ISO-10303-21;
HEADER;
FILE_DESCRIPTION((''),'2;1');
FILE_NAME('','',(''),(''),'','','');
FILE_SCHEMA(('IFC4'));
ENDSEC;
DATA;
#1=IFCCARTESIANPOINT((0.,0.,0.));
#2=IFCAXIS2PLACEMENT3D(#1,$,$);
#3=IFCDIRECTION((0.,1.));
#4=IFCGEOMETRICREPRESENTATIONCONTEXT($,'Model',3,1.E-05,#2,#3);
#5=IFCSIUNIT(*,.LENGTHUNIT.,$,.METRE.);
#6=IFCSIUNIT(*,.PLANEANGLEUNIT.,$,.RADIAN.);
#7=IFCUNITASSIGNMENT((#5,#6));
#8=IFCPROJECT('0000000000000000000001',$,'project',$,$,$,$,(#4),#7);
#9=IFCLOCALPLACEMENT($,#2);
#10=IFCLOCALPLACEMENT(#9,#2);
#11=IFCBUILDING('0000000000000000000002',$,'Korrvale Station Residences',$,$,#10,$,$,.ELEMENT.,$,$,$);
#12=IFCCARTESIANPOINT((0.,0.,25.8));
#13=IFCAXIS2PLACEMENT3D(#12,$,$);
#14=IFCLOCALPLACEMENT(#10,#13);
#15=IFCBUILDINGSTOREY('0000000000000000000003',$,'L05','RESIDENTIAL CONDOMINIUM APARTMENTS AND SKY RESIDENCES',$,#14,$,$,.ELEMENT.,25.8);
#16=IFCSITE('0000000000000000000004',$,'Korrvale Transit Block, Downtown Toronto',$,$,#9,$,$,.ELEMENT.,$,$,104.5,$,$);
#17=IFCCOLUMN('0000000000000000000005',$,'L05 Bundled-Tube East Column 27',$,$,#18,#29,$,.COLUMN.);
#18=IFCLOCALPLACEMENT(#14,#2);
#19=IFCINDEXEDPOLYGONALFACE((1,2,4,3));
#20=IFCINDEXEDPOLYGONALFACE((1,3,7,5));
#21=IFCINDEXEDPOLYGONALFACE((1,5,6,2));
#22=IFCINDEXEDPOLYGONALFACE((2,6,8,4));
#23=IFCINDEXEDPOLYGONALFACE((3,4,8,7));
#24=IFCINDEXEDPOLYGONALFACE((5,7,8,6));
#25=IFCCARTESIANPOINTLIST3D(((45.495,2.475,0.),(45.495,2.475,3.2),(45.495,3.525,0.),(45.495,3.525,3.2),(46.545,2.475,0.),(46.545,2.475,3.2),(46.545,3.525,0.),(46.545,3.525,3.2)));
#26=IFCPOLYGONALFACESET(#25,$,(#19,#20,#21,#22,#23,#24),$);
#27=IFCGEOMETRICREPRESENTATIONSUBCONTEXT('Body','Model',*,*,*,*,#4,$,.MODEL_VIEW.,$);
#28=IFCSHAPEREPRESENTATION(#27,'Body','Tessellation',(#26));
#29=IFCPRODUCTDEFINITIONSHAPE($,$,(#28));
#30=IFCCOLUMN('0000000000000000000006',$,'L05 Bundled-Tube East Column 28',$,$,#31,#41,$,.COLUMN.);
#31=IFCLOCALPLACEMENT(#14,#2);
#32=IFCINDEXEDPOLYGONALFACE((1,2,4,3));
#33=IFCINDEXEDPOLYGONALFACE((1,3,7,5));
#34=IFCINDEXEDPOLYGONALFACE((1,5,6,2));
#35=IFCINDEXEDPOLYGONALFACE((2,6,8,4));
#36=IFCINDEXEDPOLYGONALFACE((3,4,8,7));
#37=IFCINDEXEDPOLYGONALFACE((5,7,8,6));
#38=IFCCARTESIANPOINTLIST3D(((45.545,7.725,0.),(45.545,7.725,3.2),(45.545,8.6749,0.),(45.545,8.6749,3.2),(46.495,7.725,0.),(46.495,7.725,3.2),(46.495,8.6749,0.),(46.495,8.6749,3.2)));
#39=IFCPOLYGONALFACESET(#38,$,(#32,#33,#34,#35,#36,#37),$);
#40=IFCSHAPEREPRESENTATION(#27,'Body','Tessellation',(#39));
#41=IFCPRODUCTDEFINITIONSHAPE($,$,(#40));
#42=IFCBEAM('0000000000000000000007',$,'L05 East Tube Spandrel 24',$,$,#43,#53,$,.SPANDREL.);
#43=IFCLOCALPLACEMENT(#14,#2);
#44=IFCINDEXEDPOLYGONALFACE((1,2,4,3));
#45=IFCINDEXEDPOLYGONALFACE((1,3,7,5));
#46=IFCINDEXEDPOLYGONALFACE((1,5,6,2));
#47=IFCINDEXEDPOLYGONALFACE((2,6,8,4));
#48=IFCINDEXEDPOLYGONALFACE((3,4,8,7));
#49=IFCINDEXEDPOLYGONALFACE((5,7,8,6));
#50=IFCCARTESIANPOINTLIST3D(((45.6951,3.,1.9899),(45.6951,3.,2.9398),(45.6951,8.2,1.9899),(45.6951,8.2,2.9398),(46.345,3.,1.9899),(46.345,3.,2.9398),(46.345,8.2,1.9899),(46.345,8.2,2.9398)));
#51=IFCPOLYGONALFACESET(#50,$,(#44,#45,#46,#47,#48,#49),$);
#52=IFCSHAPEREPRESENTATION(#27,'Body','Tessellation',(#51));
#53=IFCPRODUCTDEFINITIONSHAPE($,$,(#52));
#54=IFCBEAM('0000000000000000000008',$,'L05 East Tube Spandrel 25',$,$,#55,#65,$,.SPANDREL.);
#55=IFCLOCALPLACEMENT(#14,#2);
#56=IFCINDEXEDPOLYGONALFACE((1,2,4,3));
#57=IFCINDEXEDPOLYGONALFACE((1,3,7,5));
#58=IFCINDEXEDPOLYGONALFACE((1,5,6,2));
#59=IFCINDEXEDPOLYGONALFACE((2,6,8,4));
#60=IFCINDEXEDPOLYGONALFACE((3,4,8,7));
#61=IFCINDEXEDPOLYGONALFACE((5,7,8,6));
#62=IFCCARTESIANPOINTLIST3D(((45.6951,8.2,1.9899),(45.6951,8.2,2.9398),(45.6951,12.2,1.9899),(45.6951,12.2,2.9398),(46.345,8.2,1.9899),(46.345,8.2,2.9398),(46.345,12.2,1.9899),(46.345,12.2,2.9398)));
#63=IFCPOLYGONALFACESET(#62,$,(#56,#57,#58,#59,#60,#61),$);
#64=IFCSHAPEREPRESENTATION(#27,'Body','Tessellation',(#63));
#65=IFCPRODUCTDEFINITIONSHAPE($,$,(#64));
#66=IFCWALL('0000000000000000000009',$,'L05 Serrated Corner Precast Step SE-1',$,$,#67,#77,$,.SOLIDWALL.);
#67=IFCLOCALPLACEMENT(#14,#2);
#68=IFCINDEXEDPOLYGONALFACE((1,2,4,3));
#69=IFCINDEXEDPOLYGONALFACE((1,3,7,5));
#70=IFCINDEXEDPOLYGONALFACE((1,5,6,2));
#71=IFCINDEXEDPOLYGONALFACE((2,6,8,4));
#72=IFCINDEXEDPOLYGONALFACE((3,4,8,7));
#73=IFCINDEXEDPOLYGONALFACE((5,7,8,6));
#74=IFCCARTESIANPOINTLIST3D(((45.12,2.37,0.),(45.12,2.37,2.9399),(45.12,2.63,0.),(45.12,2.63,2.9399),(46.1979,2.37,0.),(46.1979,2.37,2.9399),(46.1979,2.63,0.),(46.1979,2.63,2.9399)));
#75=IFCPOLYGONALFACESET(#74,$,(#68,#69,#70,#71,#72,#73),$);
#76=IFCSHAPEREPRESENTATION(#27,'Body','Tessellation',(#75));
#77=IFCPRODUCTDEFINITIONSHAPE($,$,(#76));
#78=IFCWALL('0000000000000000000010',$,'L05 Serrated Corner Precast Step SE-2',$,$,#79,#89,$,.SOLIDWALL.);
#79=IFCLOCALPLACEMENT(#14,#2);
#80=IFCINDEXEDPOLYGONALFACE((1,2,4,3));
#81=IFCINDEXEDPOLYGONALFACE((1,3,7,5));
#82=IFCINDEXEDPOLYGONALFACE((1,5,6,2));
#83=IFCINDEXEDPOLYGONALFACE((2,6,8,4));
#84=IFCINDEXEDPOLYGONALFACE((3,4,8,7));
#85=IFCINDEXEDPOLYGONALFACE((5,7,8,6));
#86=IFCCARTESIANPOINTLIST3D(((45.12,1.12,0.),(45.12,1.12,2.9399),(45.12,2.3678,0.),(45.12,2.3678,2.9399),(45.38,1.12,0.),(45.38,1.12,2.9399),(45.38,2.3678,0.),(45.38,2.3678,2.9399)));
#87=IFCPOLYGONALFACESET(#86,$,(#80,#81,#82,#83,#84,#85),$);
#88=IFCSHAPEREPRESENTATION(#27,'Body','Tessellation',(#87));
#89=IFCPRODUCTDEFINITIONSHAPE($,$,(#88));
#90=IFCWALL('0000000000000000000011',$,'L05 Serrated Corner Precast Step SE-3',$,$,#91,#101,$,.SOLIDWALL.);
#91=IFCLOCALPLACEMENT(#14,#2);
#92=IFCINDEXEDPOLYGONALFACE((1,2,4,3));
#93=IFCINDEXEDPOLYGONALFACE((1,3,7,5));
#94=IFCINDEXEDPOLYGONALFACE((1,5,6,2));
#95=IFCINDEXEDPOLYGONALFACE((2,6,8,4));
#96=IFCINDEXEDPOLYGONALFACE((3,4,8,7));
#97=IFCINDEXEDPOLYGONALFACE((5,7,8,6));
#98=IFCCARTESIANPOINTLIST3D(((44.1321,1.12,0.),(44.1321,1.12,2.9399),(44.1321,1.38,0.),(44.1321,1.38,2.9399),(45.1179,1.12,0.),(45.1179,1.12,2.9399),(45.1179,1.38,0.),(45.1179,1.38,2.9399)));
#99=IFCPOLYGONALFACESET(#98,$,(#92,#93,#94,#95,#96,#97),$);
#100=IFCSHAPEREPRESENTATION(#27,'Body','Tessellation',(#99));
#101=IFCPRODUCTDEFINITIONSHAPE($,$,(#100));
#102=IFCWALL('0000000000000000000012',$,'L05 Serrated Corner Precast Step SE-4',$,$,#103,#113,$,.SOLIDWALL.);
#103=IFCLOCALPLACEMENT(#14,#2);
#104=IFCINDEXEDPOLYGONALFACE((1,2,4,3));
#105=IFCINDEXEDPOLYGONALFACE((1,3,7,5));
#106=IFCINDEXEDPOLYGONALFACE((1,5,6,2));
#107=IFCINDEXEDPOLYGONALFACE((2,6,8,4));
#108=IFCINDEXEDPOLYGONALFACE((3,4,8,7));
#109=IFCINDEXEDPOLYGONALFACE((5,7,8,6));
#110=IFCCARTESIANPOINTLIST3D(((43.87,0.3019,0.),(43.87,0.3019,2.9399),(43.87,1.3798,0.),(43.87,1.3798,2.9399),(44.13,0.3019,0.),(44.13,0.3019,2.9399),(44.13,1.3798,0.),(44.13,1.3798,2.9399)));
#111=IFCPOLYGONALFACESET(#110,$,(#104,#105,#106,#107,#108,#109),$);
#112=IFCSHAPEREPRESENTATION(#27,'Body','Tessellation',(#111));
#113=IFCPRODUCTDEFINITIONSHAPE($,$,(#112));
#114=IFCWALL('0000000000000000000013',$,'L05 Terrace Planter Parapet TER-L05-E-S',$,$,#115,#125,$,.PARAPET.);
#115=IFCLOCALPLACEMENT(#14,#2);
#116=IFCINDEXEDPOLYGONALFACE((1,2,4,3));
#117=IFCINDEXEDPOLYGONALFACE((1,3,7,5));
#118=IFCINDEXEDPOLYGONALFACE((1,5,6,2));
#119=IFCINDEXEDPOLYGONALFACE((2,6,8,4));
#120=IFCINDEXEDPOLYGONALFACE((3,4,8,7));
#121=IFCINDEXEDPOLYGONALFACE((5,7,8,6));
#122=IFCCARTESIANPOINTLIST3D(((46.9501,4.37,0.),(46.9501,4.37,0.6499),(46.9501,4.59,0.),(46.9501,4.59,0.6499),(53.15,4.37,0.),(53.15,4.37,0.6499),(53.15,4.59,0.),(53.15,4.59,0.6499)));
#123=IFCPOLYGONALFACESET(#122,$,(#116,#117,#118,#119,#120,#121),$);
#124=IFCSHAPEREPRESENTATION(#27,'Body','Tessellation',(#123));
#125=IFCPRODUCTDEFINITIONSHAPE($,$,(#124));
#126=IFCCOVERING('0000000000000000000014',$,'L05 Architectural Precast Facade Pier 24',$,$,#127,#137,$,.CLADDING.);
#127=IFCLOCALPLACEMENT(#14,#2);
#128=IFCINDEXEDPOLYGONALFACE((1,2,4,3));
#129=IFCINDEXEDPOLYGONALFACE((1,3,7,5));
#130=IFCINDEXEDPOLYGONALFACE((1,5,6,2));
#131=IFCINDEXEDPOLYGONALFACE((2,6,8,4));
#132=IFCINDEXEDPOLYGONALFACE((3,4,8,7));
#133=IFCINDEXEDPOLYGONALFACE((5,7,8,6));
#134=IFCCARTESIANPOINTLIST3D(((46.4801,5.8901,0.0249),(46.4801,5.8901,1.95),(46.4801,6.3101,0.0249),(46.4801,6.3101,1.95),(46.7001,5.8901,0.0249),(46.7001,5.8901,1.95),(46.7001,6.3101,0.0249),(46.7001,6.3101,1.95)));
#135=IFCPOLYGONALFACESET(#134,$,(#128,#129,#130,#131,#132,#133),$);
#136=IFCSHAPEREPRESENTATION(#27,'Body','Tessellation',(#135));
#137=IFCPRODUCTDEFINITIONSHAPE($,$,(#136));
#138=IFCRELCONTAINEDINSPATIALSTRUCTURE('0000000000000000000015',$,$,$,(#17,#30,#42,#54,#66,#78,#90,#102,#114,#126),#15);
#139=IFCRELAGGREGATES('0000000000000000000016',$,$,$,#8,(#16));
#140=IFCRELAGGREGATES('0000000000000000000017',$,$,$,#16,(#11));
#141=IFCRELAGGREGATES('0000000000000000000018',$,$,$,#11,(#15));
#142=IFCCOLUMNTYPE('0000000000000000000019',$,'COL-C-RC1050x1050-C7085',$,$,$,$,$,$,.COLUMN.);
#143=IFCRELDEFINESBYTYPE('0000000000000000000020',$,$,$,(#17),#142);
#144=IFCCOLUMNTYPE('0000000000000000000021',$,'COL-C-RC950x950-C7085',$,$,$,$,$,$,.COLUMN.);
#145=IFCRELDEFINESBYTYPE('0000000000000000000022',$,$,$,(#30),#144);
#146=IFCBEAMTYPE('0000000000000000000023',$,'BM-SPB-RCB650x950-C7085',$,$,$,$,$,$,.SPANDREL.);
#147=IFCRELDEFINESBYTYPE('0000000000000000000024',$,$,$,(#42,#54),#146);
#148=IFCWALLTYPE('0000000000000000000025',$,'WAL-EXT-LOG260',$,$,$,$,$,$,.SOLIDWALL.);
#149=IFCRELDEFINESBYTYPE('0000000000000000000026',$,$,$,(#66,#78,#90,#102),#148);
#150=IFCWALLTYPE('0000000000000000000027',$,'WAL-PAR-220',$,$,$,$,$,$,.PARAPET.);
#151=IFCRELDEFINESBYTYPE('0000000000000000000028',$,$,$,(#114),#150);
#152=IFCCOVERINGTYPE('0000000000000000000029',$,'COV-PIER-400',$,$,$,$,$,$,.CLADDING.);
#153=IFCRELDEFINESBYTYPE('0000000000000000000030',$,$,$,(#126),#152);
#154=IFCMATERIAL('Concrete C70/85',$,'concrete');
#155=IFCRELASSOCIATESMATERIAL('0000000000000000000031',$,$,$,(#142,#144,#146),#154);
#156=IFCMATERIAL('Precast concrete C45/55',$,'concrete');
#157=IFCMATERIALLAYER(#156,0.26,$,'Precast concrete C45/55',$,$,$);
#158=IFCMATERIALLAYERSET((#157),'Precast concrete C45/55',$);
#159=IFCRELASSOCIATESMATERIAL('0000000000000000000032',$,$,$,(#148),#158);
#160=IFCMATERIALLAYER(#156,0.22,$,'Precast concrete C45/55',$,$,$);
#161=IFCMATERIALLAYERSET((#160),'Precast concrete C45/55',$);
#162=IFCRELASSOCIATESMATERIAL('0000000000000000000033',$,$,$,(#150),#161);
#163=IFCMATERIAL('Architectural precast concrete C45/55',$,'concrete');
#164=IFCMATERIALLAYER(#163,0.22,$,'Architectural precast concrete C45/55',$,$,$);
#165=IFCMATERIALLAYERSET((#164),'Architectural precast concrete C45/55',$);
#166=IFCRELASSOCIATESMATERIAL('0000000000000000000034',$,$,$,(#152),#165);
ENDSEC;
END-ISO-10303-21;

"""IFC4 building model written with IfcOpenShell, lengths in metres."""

from ifc_helpers import new_model, si_unit, direction, frame, frame_2d, origin, origin_2d, place, context, subcontext, project, spatial, rectangle, extrude, material, layer, layer_set, material_profile, profile_set, type_object, element, save


model = new_model("IFC4")

# Units and contexts
model_context = context("Model", 3, precision=1e-05, world=origin(), true_north=direction((0.0, 1.0)))
body_context = subcontext(model_context, "Body", "Model", "MODEL_VIEW")
ifc_project = project(units=[si_unit("LENGTHUNIT", "METRE"), si_unit("PLANEANGLEUNIT", "RADIAN")], contexts=[model_context])

# Site, building, storey
site_placement = place(None, origin())
site = spatial("IfcSite", under=ifc_project, at=site_placement, Name="Korrvale Transit Block, Downtown Toronto", CompositionType="ELEMENT", RefElevation=104.5)
building_placement = place(site_placement, origin())
building = spatial("IfcBuilding", under=site, at=building_placement, Name="Korrvale Station Residences", CompositionType="ELEMENT")
storey_placement = place(building_placement, frame((0.0, 0.0, 25.8)))
storey = spatial("IfcBuildingStorey", under=building, at=storey_placement, Name="L05", Description="RESIDENTIAL CONDOMINIUM APARTMENTS AND SKY RESIDENCES", CompositionType="ELEMENT", Elevation=25.8)

# Columns
ifc_material_1 = material(Name="Concrete C70/85", Category="concrete")
ifc_material_profile_1 = material_profile(ifc_material_1, rectangle(XDim=1.05, YDim=1.05, at=origin_2d()), Name="RC1050x1050")
ifc_profile_set_1 = profile_set([ifc_material_profile_1], Name="Concrete C70/85")
column_type_1 = type_object("IfcColumnType", Name="COL-C-RC1050x1050-C7085", PredefinedType="COLUMN", material=ifc_profile_set_1)
column_1_placement = place(storey_placement, frame((46.02, 3.0, 0.0), z_axis=(0.0, 0.0, 1.0), x_axis=(1.0, 0.0, 0.0)))
element("IfcColumn", 1, at=column_1_placement, inside=storey, type_object=column_type_1, Name="L05 Bundled-Tube East Column 27", PredefinedType="COLUMN", context=body_context, shape_type="SweptSolid", body=[
    extrude(rectangle(XDim=1.05, YDim=1.05, at=origin_2d()), origin(), (0.0, 0.0, 1.0), 3.2),
])
ifc_material_profile_2 = material_profile(ifc_material_1, rectangle(XDim=0.95, YDim=0.95, at=origin_2d()), Name="RC950x950")
ifc_profile_set_2 = profile_set([ifc_material_profile_2], Name="Concrete C70/85")
column_type_2 = type_object("IfcColumnType", Name="COL-C-RC950x950-C7085", PredefinedType="COLUMN", material=ifc_profile_set_2)
column_2_placement = place(storey_placement, frame((46.02, 8.2, 0.0), z_axis=(0.0, 0.0, 1.0), x_axis=(1.0, 0.0, 0.0)))
element("IfcColumn", 2, at=column_2_placement, inside=storey, type_object=column_type_2, Name="L05 Bundled-Tube East Column 28", PredefinedType="COLUMN", context=body_context, shape_type="SweptSolid", body=[
    extrude(rectangle(XDim=0.95, YDim=0.95, at=origin_2d()), origin(), (0.0, 0.0, 1.0), 3.2),
])

# Beams
ifc_material_profile_3 = material_profile(ifc_material_1, rectangle(XDim=0.6499, YDim=0.95, at=origin_2d()), Name="RCB650x950")
ifc_profile_set_3 = profile_set([ifc_material_profile_3], Name="Concrete C70/85")
beam_type = type_object("IfcBeamType", Name="BM-SPB-RCB650x950-C7085", PredefinedType="SPANDREL", material=ifc_profile_set_3)
beam_1_placement = place(storey_placement, frame((46.02, 3.0, 2.4648), z_axis=(0.0, 1.0, 0.0), x_axis=(-1.0, 0.0, 0.0)))
element("IfcBeam", 3, at=beam_1_placement, inside=storey, type_object=beam_type, Name="L05 East Tube Spandrel 24", PredefinedType="SPANDREL", context=body_context, shape_type="SweptSolid", body=[
    extrude(rectangle(XDim=0.6499, YDim=0.95, at=origin_2d()), origin(), (0.0, 0.0, 1.0), 5.2),
])
beam_2_placement = place(storey_placement, frame((46.02, 8.2, 2.4648), z_axis=(0.0, 1.0, 0.0), x_axis=(-1.0, 0.0, 0.0)))
element("IfcBeam", 4, at=beam_2_placement, inside=storey, type_object=beam_type, Name="L05 East Tube Spandrel 25", PredefinedType="SPANDREL", context=body_context, shape_type="SweptSolid", body=[
    extrude(rectangle(XDim=0.6499, YDim=0.95, at=origin_2d()), origin(), (0.0, 0.0, 1.0), 4.0),
])

# Walls
ifc_material_2 = material(Name="Precast concrete C45/55", Category="concrete")
ifc_layer_1 = layer(ifc_material_2, 0.26, Name="Precast concrete C45/55")
ifc_layer_set_1 = layer_set([ifc_layer_1], Name="Precast concrete C45/55")
wall_type_1 = type_object("IfcWallType", Name="WAL-EXT-LOG260", PredefinedType="SOLIDWALL", material=ifc_layer_set_1)
wall_1_placement = place(storey_placement, frame((46.198, 2.5, 0.0), z_axis=(0.0, 0.0, 1.0), x_axis=(-1.0, 0.0, 0.0)))
element("IfcWall", 5, at=wall_1_placement, inside=storey, type_object=wall_type_1, Name="L05 Serrated Corner Precast Step SE-1", PredefinedType="SOLIDWALL", context=body_context, shape_type="SweptSolid", body=[
    extrude(rectangle(XDim=1.0779, YDim=0.26, at=frame_2d((0.5391, 0.0))), origin(), (0.0, 0.0, 1.0), 2.9399),
])
wall_2_placement = place(storey_placement, frame((45.25, 2.3679, 0.0), z_axis=(0.0, 0.0, 1.0), x_axis=(0.0, -1.0, 0.0)))
element("IfcWall", 6, at=wall_2_placement, inside=storey, type_object=wall_type_1, Name="L05 Serrated Corner Precast Step SE-2", PredefinedType="SOLIDWALL", context=body_context, shape_type="SweptSolid", body=[
    extrude(rectangle(XDim=1.2478, YDim=0.26, at=frame_2d((0.624, 0.0))), origin(), (0.0, 0.0, 1.0), 2.9399),
])
wall_3_placement = place(storey_placement, frame((45.1179, 1.25, 0.0), z_axis=(0.0, 0.0, 1.0), x_axis=(-1.0, 0.0, 0.0)))
element("IfcWall", 7, at=wall_3_placement, inside=storey, type_object=wall_type_1, Name="L05 Serrated Corner Precast Step SE-3", PredefinedType="SOLIDWALL", context=body_context, shape_type="SweptSolid", body=[
    extrude(rectangle(XDim=0.9858, YDim=0.26, at=frame_2d((0.4929, 0.0))), origin(), (0.0, 0.0, 1.0), 2.9399),
])
wall_4_placement = place(storey_placement, frame((44.0, 1.3799, 0.0), z_axis=(0.0, 0.0, 1.0), x_axis=(0.0, -1.0, 0.0)))
element("IfcWall", 8, at=wall_4_placement, inside=storey, type_object=wall_type_1, Name="L05 Serrated Corner Precast Step SE-4", PredefinedType="SOLIDWALL", context=body_context, shape_type="SweptSolid", body=[
    extrude(rectangle(XDim=1.0779, YDim=0.26, at=frame_2d((0.5391, 0.0))), origin(), (0.0, 0.0, 1.0), 2.9399),
])
ifc_layer_2 = layer(ifc_material_2, 0.22, Name="Precast concrete C45/55")
ifc_layer_set_2 = layer_set([ifc_layer_2], Name="Precast concrete C45/55")
wall_type_2 = type_object("IfcWallType", Name="WAL-PAR-220", PredefinedType="PARAPET", material=ifc_layer_set_2)
wall_5_placement = place(storey_placement, frame((46.95, 4.48, 0.0), z_axis=(0.0, 0.0, 1.0), x_axis=(1.0, 0.0, 0.0)))
element("IfcWall", 9, at=wall_5_placement, inside=storey, type_object=wall_type_2, Name="L05 Terrace Planter Parapet TER-L05-E-S", PredefinedType="PARAPET", context=body_context, shape_type="SweptSolid", body=[
    extrude(rectangle(XDim=6.2, YDim=0.22, at=frame_2d((3.1001, 0.0))), origin(), (0.0, 0.0, 1.0), 0.6499),
])

# Covering
ifc_material_3 = material(Name="Architectural precast concrete C45/55", Category="concrete")
ifc_layer_3 = layer(ifc_material_3, 0.22, Name="Architectural precast concrete C45/55")
ifc_layer_set_3 = layer_set([ifc_layer_3], Name="Architectural precast concrete C45/55")
covering_type = type_object("IfcCoveringType", Name="COV-PIER-400", PredefinedType="CLADDING", material=ifc_layer_set_3)
covering_placement = place(storey_placement, frame((46.5901, 6.1001, 0.0249), z_axis=(0.0, 0.0, 1.0), x_axis=(0.0, 1.0, 0.0)))
element("IfcCovering", 10, at=covering_placement, inside=storey, type_object=covering_type, Name="L05 Architectural Precast Facade Pier 24", PredefinedType="CLADDING", context=body_context, shape_type="SweptSolid", body=[
    extrude(rectangle(XDim=0.4199, YDim=0.22, at=origin_2d()), origin(), (0.0, 0.0, 1.0), 1.925),
])

save(model, "model.ifc")
